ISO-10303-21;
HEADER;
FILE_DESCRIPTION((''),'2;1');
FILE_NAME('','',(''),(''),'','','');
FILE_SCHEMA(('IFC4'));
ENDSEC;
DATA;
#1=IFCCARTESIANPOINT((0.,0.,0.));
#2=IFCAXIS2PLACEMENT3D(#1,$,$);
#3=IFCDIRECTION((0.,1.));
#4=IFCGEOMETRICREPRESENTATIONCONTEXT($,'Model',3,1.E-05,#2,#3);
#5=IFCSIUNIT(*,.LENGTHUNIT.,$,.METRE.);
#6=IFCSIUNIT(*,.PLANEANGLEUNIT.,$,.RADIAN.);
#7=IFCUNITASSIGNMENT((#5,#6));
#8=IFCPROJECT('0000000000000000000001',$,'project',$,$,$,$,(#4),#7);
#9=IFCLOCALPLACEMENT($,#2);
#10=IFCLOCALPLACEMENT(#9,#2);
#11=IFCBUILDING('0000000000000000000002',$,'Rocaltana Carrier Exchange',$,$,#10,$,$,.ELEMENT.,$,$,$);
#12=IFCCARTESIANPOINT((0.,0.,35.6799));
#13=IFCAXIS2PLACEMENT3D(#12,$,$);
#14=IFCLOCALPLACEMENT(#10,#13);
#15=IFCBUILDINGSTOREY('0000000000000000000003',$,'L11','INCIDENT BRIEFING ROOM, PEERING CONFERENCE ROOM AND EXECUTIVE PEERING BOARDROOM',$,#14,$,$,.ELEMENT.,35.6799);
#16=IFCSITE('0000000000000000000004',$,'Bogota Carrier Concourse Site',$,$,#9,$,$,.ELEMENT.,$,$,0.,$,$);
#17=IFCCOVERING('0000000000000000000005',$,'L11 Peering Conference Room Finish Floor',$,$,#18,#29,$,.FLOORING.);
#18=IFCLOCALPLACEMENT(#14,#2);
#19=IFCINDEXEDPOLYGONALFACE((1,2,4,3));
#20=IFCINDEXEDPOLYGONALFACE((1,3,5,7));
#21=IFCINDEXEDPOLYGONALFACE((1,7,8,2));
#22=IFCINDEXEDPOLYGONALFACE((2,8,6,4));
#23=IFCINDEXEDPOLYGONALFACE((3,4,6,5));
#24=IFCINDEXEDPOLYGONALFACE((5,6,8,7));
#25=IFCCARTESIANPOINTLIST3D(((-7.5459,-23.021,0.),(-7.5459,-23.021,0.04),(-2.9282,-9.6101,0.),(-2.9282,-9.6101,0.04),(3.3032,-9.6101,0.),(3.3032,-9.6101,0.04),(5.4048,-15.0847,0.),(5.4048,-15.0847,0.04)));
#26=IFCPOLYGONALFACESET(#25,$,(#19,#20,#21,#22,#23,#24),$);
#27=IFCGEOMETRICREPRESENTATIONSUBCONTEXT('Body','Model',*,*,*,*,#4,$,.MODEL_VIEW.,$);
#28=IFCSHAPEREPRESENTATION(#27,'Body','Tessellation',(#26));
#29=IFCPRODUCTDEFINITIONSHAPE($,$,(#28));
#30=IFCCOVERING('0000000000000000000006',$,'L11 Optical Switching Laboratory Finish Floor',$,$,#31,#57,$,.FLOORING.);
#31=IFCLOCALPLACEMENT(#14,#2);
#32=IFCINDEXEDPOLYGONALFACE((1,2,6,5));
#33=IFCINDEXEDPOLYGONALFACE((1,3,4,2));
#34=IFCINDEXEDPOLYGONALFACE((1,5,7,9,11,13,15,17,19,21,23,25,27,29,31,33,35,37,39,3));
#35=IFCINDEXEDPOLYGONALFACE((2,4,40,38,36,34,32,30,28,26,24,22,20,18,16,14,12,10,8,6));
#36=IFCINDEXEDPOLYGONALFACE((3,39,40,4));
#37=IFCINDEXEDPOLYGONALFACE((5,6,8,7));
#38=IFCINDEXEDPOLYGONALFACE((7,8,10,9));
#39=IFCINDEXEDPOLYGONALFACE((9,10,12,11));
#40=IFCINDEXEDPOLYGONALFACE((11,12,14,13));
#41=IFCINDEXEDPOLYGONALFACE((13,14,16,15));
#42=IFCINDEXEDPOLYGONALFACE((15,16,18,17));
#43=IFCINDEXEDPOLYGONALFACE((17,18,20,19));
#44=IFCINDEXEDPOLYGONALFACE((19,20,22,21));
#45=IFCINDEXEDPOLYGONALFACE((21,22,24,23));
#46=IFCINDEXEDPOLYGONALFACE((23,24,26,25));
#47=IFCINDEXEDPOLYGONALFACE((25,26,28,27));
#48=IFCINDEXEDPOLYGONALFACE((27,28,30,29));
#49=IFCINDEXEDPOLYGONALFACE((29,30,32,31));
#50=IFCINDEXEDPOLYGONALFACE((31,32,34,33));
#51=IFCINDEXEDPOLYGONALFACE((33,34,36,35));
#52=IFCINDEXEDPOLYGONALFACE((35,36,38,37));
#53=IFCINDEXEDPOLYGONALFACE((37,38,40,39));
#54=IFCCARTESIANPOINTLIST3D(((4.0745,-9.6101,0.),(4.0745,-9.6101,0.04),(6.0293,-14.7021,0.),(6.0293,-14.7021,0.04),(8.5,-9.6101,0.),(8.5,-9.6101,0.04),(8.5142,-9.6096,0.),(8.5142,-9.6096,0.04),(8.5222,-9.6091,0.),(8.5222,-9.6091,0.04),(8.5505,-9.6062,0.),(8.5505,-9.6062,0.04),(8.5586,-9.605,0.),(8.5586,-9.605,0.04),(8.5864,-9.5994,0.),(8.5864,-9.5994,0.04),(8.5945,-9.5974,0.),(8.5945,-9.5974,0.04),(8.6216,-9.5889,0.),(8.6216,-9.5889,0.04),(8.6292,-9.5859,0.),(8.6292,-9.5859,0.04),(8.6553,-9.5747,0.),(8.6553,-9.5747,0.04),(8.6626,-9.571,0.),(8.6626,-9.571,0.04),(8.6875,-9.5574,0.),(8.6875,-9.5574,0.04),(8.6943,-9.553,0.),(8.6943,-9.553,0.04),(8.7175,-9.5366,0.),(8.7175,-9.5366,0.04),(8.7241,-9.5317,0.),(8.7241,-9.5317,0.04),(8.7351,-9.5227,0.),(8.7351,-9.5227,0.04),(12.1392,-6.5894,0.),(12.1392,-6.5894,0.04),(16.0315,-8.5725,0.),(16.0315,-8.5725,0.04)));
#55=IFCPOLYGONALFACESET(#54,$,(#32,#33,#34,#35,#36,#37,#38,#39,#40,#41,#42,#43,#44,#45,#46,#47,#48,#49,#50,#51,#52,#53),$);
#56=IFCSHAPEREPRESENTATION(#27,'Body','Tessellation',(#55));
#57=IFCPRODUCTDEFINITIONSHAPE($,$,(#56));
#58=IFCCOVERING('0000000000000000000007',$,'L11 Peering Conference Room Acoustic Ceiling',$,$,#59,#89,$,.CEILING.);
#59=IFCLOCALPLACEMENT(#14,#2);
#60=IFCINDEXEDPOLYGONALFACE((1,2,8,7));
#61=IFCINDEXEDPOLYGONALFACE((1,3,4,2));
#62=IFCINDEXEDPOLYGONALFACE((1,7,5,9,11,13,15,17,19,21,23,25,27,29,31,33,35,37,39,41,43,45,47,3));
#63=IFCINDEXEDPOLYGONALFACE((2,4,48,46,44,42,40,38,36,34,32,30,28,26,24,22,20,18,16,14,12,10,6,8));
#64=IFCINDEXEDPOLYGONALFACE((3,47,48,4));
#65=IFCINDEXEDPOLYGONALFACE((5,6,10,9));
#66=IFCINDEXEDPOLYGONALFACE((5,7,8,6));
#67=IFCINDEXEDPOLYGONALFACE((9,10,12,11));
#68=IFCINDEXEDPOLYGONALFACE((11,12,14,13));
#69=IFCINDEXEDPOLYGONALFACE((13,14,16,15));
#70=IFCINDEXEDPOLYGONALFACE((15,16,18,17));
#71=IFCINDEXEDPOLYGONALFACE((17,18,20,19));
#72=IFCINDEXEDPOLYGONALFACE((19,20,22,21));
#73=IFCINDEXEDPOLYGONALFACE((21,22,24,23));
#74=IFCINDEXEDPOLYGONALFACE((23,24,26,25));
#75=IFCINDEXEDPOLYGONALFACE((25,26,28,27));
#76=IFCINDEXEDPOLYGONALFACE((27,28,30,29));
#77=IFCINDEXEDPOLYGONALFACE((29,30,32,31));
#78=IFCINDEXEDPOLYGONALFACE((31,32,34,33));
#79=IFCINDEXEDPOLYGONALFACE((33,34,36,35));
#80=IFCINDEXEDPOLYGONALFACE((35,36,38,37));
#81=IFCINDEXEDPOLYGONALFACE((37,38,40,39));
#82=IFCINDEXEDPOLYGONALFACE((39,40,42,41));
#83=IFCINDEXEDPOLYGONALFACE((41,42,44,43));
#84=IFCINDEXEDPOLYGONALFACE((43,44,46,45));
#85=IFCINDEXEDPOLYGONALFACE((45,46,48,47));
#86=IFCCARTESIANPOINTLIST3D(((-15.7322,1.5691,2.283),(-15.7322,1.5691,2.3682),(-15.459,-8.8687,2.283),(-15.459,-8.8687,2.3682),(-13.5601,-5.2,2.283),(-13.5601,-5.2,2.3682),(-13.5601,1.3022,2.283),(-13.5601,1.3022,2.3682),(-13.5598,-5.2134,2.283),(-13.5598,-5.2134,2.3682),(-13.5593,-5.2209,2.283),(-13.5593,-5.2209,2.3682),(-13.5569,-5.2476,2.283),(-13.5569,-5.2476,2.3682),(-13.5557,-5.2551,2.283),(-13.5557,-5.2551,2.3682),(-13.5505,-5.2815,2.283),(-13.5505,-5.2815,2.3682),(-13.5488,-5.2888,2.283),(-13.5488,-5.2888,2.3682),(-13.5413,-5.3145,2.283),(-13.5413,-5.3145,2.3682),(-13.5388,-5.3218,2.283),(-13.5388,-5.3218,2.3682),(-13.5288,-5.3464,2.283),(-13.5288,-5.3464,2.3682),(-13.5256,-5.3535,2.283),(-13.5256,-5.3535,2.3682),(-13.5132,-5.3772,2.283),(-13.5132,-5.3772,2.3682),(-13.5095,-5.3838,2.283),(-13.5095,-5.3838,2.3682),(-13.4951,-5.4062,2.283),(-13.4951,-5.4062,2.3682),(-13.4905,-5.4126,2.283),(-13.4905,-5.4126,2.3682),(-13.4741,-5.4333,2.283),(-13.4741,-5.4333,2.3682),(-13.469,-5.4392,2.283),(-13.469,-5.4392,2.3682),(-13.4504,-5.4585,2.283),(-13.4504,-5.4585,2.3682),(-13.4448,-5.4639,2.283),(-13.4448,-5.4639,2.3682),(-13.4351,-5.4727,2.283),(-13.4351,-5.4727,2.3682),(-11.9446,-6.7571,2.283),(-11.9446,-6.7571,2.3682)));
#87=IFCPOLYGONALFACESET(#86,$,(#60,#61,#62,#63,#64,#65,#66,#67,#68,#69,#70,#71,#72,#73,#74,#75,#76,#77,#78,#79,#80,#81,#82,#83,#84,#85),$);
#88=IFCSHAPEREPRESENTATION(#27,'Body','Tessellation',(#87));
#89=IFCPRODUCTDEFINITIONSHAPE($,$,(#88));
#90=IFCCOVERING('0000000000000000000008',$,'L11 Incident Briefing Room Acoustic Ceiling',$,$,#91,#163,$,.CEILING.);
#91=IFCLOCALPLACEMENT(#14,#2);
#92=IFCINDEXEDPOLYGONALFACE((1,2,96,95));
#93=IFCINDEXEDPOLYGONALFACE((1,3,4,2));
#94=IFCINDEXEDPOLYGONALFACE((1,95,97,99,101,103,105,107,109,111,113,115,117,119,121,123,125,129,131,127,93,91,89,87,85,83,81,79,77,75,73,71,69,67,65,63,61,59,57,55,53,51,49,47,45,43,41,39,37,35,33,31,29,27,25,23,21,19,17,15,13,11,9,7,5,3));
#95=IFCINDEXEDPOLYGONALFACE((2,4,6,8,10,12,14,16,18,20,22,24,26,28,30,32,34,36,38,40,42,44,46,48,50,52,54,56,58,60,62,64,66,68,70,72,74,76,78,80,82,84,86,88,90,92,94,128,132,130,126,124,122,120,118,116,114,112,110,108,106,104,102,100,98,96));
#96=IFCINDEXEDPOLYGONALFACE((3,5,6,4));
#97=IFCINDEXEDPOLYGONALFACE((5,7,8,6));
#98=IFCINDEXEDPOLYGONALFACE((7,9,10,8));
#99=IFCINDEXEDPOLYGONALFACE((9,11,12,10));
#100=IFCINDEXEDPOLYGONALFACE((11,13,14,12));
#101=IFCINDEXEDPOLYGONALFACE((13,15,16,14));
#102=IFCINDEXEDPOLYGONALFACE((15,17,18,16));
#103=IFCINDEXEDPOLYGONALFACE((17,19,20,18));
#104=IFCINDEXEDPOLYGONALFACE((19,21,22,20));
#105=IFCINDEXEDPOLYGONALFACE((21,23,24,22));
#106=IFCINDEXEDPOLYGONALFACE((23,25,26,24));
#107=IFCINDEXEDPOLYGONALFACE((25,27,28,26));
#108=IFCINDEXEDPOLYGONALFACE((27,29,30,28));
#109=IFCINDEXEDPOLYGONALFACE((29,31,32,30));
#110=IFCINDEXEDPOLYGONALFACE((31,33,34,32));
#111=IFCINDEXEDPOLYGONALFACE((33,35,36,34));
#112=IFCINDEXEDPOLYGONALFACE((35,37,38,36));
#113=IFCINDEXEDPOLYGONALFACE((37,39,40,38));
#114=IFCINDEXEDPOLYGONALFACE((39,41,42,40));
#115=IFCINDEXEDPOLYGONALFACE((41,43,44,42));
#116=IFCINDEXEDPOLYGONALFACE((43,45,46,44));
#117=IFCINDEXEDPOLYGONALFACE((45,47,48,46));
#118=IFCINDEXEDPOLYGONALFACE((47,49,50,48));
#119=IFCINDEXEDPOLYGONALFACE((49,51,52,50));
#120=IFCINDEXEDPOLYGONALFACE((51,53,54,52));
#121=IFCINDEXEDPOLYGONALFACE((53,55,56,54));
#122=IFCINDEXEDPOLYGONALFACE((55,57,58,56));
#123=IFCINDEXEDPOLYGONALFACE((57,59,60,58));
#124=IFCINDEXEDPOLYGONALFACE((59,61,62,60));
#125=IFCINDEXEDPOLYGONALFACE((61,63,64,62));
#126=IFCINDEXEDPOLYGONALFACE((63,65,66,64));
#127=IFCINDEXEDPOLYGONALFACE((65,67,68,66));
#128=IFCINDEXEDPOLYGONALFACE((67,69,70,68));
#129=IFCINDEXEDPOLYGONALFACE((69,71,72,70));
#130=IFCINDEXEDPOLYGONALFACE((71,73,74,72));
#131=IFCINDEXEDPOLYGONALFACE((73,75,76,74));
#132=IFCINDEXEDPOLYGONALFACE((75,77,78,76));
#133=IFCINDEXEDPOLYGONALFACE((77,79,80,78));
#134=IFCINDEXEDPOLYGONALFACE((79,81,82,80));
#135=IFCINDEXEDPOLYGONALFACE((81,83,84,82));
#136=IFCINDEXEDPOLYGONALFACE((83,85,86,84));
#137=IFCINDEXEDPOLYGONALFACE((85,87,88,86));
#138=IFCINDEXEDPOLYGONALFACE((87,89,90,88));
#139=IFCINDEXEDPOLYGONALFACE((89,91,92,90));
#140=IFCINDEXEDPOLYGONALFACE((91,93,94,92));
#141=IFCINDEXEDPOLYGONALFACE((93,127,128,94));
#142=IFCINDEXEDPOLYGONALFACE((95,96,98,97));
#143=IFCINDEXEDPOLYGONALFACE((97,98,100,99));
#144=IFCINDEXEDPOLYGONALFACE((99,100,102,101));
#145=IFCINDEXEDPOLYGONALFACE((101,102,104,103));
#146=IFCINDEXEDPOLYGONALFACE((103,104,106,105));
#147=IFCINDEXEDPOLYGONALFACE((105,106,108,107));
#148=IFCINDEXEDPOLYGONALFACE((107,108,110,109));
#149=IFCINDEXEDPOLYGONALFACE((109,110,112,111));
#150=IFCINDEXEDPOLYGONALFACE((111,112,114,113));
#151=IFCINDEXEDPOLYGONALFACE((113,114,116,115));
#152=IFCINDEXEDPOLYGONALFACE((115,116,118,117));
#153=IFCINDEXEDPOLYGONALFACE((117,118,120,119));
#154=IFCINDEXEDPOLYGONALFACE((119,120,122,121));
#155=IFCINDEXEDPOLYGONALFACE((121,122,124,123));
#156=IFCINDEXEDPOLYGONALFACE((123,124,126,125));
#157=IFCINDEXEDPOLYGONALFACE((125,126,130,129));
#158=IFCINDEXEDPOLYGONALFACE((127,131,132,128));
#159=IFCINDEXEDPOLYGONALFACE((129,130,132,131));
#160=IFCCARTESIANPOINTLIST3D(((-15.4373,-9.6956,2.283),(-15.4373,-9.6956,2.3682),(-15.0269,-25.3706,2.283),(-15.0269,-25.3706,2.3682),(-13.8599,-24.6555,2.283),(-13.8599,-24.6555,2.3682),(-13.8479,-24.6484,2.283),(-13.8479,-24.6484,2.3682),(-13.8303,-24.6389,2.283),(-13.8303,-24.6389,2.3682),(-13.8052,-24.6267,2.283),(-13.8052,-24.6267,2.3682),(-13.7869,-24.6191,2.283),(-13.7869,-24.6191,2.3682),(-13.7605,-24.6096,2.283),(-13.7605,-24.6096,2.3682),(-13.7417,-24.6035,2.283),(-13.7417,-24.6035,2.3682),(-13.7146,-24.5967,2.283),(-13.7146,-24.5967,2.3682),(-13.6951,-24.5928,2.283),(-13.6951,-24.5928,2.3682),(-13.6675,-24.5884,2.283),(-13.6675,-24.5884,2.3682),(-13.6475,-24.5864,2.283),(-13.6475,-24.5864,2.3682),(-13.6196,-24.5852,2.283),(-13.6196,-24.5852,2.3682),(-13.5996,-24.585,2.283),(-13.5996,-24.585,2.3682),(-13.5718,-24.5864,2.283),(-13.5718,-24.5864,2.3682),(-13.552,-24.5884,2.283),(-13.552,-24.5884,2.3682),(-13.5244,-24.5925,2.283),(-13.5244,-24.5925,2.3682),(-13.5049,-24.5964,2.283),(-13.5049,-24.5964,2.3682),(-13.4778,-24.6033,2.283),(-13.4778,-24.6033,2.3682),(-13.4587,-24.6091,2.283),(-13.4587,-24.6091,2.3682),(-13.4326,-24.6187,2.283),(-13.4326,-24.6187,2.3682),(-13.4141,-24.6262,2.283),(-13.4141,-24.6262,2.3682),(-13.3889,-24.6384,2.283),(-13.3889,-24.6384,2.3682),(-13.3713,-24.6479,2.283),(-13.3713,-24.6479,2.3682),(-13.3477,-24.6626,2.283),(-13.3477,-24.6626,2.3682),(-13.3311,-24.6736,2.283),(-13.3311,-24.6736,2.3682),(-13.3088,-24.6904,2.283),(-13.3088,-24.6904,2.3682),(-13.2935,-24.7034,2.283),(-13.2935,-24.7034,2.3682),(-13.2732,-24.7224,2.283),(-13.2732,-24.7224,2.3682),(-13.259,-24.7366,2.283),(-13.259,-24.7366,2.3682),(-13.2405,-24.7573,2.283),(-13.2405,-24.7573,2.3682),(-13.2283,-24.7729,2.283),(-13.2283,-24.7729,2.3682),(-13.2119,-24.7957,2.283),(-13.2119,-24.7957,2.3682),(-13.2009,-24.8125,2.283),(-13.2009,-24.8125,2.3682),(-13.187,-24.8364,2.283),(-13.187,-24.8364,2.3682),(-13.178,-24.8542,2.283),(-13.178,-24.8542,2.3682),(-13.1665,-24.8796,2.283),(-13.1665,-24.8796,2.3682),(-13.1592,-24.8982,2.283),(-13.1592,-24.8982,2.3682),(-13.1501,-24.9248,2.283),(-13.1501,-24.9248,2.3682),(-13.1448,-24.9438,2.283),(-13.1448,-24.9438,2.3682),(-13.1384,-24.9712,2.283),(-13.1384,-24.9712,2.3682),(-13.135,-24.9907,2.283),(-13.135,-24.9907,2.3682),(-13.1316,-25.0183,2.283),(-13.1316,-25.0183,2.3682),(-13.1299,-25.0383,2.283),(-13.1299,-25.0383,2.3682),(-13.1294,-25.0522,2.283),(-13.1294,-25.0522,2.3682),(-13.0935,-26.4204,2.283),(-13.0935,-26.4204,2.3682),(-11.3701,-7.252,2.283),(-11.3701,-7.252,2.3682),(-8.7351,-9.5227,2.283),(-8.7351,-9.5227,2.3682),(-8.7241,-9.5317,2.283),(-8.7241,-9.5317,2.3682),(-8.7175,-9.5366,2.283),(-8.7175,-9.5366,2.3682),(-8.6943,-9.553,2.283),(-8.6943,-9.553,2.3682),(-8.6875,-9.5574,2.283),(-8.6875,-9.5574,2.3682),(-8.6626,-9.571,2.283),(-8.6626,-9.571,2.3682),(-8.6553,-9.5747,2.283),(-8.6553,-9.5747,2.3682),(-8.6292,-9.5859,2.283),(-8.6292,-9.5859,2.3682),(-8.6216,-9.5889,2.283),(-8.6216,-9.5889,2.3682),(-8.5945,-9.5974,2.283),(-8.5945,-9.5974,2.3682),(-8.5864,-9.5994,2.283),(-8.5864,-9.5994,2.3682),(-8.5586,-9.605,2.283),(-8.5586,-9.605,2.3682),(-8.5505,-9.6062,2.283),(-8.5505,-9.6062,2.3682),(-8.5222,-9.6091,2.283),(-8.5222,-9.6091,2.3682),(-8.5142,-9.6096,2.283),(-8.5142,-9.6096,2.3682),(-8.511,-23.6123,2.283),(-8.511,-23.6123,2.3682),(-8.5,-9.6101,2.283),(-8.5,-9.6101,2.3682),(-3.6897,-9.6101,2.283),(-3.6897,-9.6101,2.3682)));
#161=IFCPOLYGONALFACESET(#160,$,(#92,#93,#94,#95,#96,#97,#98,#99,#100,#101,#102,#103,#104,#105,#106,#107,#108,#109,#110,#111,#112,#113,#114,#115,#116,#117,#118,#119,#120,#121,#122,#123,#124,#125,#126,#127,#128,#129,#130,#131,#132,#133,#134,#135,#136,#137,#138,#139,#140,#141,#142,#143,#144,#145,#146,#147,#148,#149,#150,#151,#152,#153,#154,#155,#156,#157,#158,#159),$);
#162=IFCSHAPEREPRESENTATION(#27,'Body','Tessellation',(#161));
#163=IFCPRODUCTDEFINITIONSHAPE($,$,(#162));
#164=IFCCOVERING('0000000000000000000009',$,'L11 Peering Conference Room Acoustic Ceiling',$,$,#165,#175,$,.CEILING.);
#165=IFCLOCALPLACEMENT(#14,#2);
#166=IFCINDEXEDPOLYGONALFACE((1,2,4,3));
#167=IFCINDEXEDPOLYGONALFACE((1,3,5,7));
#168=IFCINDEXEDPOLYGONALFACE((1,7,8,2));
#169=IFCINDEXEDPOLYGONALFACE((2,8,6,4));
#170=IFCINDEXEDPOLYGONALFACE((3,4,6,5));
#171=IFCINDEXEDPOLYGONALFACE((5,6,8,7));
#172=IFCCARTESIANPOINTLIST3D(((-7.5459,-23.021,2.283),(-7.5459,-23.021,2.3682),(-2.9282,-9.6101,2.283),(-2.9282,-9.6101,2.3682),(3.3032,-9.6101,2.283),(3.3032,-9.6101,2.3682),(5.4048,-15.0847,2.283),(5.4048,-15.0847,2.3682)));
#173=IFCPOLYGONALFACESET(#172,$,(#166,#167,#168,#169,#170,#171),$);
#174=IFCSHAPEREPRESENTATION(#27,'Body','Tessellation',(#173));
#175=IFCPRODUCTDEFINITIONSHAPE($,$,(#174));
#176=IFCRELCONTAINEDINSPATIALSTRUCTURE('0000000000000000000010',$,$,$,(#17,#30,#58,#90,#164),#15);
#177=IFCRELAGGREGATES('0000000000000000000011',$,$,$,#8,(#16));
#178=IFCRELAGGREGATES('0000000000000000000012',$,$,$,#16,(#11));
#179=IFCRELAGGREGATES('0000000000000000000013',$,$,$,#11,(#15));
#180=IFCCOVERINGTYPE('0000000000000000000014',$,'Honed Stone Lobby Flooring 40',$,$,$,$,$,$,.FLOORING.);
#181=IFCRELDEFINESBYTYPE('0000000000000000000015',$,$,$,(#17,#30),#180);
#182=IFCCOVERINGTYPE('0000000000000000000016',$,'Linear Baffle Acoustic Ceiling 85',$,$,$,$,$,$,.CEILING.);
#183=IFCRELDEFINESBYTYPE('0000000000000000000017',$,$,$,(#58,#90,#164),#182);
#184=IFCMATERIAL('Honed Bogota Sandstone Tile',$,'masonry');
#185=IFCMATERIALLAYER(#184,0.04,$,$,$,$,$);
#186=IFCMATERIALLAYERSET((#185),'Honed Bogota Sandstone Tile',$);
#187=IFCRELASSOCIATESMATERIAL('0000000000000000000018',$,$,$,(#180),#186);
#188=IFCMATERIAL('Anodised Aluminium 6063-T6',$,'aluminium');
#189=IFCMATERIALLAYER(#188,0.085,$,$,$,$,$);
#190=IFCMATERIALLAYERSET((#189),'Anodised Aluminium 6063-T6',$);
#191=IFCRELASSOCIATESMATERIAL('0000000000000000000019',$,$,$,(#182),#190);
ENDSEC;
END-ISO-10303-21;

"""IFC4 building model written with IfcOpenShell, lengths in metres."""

from ifc_helpers import new_model, si_unit, direction, frame, origin, place, context, subcontext, project, spatial, polyline, outline, extrude, material, layer, layer_set, type_object, element, save


model = new_model("IFC4")

# Units and contexts
model_context = context("Model", 3, precision=1e-05, world=origin(), true_north=direction((0.0, 1.0)))
body_context = subcontext(model_context, "Body", "Model", "MODEL_VIEW")
ifc_project = project(units=[si_unit("LENGTHUNIT", "METRE"), si_unit("PLANEANGLEUNIT", "RADIAN")], contexts=[model_context])

# Site, building, storey
site_placement = place(None, origin())
site = spatial("IfcSite", under=ifc_project, at=site_placement, Name="Bogota Carrier Concourse Site", CompositionType="ELEMENT", RefElevation=0.0)
building_placement = place(site_placement, origin())
building = spatial("IfcBuilding", under=site, at=building_placement, Name="Rocaltana Carrier Exchange", CompositionType="ELEMENT")
storey_placement = place(building_placement, frame((0.0, 0.0, 35.6799)))
storey = spatial("IfcBuildingStorey", under=building, at=storey_placement, Name="L11", Description="INCIDENT BRIEFING ROOM, PEERING CONFERENCE ROOM AND EXECUTIVE PEERING BOARDROOM", CompositionType="ELEMENT", Elevation=35.6799)

# Coverings
ifc_material_1 = material(Name="Honed Bogota Sandstone Tile", Category="masonry")
ifc_layer_1 = layer(ifc_material_1, 0.04)
ifc_layer_set_1 = layer_set([ifc_layer_1], Name="Honed Bogota Sandstone Tile")
covering_type_1 = type_object("IfcCoveringType", Name="Honed Stone Lobby Flooring 40", PredefinedType="FLOORING", material=ifc_layer_set_1)
covering_1_placement = place(storey_placement, origin())
element("IfcCovering", 1, at=covering_1_placement, inside=storey, type_object=covering_type_1, Name="L11 Peering Conference Room Finish Floor", PredefinedType="FLOORING", context=body_context, shape_type="SweptSolid", body=[
    extrude(outline(polyline([(-7.5459, -23.021), (-2.9282, -9.6101), (3.3032, -9.6101), (5.4048, -15.0847), (-7.5459, -23.021)])), origin(), (0.0, 0.0, 1.0), 0.04),
])
covering_2_placement = place(storey_placement, origin())
element("IfcCovering", 2, at=covering_2_placement, inside=storey, type_object=covering_type_1, Name="L11 Optical Switching Laboratory Finish Floor", PredefinedType="FLOORING", context=body_context, shape_type="SweptSolid", body=[
    extrude(outline(polyline([(6.0293, -14.7021), (4.0745, -9.6101), (8.5, -9.6101), (8.5142, -9.6096), (8.5222, -9.6091), (8.5505, -9.6062), (8.5586, -9.605), (8.5864, -9.5994), (8.5945, -9.5974), (8.6216, -9.5889), (8.6292, -9.5859), (8.6553, -9.5747), (8.6626, -9.571), (8.6875, -9.5574), (8.6943, -9.553), (8.7175, -9.5366), (8.7241, -9.5317), (8.7351, -9.5227), (12.1392, -6.5894), (16.0315, -8.5725), (6.0293, -14.7021)])), origin(), (0.0, 0.0, 1.0), 0.04),
])
ifc_material_2 = material(Name="Anodised Aluminium 6063-T6", Category="aluminium")
ifc_layer_2 = layer(ifc_material_2, 0.085)
ifc_layer_set_2 = layer_set([ifc_layer_2], Name="Anodised Aluminium 6063-T6")
covering_type_2 = type_object("IfcCoveringType", Name="Linear Baffle Acoustic Ceiling 85", PredefinedType="CEILING", material=ifc_layer_set_2)
covering_3_placement = place(storey_placement, frame((0.0, 0.0, 2.283)))
element("IfcCovering", 3, at=covering_3_placement, inside=storey, type_object=covering_type_2, Name="L11 Peering Conference Room Acoustic Ceiling", PredefinedType="CEILING", context=body_context, shape_type="SweptSolid", body=[
    extrude(outline(polyline([(-15.7322, 1.5691), (-13.5601, 1.3022), (-13.5601, -5.2), (-13.5598, -5.2134), (-13.5593, -5.2209), (-13.5569, -5.2476), (-13.5557, -5.2551), (-13.5505, -5.2815), (-13.5488, -5.2888), (-13.5413, -5.3145), (-13.5388, -5.3218), (-13.5288, -5.3464), (-13.5256, -5.3535), (-13.5132, -5.3772), (-13.5095, -5.3838), (-13.4951, -5.4062), (-13.4905, -5.4126), (-13.4741, -5.4333), (-13.469, -5.4392), (-13.4504, -5.4585), (-13.4448, -5.4639), (-13.4351, -5.4727), (-11.9446, -6.7571), (-15.459, -8.8687), (-15.7322, 1.5691)])), origin(), (0.0, 0.0, 1.0), 0.0852),
])
covering_4_placement = place(storey_placement, frame((0.0, 0.0, 2.283)))
element("IfcCovering", 4, at=covering_4_placement, inside=storey, type_object=covering_type_2, Name="L11 Incident Briefing Room Acoustic Ceiling", PredefinedType="CEILING", context=body_context, shape_type="SweptSolid", body=[
    extrude(outline(polyline([(-13.1294, -25.0522), (-13.1299, -25.0383), (-13.1316, -25.0183), (-13.135, -24.9907), (-13.1384, -24.9712), (-13.1448, -24.9438), (-13.1501, -24.9248), (-13.1592, -24.8982), (-13.1665, -24.8796), (-13.178, -24.8542), (-13.187, -24.8364), (-13.2009, -24.8125), (-13.2119, -24.7957), (-13.2283, -24.7729), (-13.2405, -24.7573), (-13.259, -24.7366), (-13.2732, -24.7224), (-13.2935, -24.7034), (-13.3088, -24.6904), (-13.3311, -24.6736), (-13.3477, -24.6626), (-13.3713, -24.6479), (-13.3889, -24.6384), (-13.4141, -24.6262), (-13.4326, -24.6187), (-13.4587, -24.6091), (-13.4778, -24.6033), (-13.5049, -24.5964), (-13.5244, -24.5925), (-13.552, -24.5884), (-13.5718, -24.5864), (-13.5996, -24.585), (-13.6196, -24.5852), (-13.6475, -24.5864), (-13.6675, -24.5884), (-13.6951, -24.5928), (-13.7146, -24.5967), (-13.7417, -24.6035), (-13.7605, -24.6096), (-13.7869, -24.6191), (-13.8052, -24.6267), (-13.8303, -24.6389), (-13.8479, -24.6484), (-13.8599, -24.6555), (-15.0269, -25.3706), (-15.4373, -9.6956), (-11.3701, -7.252), (-8.7351, -9.5227), (-8.7241, -9.5317), (-8.7175, -9.5366), (-8.6943, -9.553), (-8.6875, -9.5574), (-8.6626, -9.571), (-8.6553, -9.5747), (-8.6292, -9.5859), (-8.6216, -9.5889), (-8.5945, -9.5974), (-8.5864, -9.5994), (-8.5586, -9.605), (-8.5505, -9.6062), (-8.5222, -9.6091), (-8.5142, -9.6096), (-8.5, -9.6101), (-3.6897, -9.6101), (-8.511, -23.6123), (-13.0935, -26.4204), (-13.1294, -25.0522)])), origin(), (0.0, 0.0, 1.0), 0.0852),
])
covering_5_placement = place(storey_placement, frame((0.0, 0.0, 2.283)))
element("IfcCovering", 5, at=covering_5_placement, inside=storey, type_object=covering_type_2, Name="L11 Peering Conference Room Acoustic Ceiling", PredefinedType="CEILING", context=body_context, shape_type="SweptSolid", body=[
    extrude(outline(polyline([(-7.5459, -23.021), (-2.9282, -9.6101), (3.3032, -9.6101), (5.4048, -15.0847), (-7.5459, -23.021)])), origin(), (0.0, 0.0, 1.0), 0.0852),
])

save(model, "model.ifc")
